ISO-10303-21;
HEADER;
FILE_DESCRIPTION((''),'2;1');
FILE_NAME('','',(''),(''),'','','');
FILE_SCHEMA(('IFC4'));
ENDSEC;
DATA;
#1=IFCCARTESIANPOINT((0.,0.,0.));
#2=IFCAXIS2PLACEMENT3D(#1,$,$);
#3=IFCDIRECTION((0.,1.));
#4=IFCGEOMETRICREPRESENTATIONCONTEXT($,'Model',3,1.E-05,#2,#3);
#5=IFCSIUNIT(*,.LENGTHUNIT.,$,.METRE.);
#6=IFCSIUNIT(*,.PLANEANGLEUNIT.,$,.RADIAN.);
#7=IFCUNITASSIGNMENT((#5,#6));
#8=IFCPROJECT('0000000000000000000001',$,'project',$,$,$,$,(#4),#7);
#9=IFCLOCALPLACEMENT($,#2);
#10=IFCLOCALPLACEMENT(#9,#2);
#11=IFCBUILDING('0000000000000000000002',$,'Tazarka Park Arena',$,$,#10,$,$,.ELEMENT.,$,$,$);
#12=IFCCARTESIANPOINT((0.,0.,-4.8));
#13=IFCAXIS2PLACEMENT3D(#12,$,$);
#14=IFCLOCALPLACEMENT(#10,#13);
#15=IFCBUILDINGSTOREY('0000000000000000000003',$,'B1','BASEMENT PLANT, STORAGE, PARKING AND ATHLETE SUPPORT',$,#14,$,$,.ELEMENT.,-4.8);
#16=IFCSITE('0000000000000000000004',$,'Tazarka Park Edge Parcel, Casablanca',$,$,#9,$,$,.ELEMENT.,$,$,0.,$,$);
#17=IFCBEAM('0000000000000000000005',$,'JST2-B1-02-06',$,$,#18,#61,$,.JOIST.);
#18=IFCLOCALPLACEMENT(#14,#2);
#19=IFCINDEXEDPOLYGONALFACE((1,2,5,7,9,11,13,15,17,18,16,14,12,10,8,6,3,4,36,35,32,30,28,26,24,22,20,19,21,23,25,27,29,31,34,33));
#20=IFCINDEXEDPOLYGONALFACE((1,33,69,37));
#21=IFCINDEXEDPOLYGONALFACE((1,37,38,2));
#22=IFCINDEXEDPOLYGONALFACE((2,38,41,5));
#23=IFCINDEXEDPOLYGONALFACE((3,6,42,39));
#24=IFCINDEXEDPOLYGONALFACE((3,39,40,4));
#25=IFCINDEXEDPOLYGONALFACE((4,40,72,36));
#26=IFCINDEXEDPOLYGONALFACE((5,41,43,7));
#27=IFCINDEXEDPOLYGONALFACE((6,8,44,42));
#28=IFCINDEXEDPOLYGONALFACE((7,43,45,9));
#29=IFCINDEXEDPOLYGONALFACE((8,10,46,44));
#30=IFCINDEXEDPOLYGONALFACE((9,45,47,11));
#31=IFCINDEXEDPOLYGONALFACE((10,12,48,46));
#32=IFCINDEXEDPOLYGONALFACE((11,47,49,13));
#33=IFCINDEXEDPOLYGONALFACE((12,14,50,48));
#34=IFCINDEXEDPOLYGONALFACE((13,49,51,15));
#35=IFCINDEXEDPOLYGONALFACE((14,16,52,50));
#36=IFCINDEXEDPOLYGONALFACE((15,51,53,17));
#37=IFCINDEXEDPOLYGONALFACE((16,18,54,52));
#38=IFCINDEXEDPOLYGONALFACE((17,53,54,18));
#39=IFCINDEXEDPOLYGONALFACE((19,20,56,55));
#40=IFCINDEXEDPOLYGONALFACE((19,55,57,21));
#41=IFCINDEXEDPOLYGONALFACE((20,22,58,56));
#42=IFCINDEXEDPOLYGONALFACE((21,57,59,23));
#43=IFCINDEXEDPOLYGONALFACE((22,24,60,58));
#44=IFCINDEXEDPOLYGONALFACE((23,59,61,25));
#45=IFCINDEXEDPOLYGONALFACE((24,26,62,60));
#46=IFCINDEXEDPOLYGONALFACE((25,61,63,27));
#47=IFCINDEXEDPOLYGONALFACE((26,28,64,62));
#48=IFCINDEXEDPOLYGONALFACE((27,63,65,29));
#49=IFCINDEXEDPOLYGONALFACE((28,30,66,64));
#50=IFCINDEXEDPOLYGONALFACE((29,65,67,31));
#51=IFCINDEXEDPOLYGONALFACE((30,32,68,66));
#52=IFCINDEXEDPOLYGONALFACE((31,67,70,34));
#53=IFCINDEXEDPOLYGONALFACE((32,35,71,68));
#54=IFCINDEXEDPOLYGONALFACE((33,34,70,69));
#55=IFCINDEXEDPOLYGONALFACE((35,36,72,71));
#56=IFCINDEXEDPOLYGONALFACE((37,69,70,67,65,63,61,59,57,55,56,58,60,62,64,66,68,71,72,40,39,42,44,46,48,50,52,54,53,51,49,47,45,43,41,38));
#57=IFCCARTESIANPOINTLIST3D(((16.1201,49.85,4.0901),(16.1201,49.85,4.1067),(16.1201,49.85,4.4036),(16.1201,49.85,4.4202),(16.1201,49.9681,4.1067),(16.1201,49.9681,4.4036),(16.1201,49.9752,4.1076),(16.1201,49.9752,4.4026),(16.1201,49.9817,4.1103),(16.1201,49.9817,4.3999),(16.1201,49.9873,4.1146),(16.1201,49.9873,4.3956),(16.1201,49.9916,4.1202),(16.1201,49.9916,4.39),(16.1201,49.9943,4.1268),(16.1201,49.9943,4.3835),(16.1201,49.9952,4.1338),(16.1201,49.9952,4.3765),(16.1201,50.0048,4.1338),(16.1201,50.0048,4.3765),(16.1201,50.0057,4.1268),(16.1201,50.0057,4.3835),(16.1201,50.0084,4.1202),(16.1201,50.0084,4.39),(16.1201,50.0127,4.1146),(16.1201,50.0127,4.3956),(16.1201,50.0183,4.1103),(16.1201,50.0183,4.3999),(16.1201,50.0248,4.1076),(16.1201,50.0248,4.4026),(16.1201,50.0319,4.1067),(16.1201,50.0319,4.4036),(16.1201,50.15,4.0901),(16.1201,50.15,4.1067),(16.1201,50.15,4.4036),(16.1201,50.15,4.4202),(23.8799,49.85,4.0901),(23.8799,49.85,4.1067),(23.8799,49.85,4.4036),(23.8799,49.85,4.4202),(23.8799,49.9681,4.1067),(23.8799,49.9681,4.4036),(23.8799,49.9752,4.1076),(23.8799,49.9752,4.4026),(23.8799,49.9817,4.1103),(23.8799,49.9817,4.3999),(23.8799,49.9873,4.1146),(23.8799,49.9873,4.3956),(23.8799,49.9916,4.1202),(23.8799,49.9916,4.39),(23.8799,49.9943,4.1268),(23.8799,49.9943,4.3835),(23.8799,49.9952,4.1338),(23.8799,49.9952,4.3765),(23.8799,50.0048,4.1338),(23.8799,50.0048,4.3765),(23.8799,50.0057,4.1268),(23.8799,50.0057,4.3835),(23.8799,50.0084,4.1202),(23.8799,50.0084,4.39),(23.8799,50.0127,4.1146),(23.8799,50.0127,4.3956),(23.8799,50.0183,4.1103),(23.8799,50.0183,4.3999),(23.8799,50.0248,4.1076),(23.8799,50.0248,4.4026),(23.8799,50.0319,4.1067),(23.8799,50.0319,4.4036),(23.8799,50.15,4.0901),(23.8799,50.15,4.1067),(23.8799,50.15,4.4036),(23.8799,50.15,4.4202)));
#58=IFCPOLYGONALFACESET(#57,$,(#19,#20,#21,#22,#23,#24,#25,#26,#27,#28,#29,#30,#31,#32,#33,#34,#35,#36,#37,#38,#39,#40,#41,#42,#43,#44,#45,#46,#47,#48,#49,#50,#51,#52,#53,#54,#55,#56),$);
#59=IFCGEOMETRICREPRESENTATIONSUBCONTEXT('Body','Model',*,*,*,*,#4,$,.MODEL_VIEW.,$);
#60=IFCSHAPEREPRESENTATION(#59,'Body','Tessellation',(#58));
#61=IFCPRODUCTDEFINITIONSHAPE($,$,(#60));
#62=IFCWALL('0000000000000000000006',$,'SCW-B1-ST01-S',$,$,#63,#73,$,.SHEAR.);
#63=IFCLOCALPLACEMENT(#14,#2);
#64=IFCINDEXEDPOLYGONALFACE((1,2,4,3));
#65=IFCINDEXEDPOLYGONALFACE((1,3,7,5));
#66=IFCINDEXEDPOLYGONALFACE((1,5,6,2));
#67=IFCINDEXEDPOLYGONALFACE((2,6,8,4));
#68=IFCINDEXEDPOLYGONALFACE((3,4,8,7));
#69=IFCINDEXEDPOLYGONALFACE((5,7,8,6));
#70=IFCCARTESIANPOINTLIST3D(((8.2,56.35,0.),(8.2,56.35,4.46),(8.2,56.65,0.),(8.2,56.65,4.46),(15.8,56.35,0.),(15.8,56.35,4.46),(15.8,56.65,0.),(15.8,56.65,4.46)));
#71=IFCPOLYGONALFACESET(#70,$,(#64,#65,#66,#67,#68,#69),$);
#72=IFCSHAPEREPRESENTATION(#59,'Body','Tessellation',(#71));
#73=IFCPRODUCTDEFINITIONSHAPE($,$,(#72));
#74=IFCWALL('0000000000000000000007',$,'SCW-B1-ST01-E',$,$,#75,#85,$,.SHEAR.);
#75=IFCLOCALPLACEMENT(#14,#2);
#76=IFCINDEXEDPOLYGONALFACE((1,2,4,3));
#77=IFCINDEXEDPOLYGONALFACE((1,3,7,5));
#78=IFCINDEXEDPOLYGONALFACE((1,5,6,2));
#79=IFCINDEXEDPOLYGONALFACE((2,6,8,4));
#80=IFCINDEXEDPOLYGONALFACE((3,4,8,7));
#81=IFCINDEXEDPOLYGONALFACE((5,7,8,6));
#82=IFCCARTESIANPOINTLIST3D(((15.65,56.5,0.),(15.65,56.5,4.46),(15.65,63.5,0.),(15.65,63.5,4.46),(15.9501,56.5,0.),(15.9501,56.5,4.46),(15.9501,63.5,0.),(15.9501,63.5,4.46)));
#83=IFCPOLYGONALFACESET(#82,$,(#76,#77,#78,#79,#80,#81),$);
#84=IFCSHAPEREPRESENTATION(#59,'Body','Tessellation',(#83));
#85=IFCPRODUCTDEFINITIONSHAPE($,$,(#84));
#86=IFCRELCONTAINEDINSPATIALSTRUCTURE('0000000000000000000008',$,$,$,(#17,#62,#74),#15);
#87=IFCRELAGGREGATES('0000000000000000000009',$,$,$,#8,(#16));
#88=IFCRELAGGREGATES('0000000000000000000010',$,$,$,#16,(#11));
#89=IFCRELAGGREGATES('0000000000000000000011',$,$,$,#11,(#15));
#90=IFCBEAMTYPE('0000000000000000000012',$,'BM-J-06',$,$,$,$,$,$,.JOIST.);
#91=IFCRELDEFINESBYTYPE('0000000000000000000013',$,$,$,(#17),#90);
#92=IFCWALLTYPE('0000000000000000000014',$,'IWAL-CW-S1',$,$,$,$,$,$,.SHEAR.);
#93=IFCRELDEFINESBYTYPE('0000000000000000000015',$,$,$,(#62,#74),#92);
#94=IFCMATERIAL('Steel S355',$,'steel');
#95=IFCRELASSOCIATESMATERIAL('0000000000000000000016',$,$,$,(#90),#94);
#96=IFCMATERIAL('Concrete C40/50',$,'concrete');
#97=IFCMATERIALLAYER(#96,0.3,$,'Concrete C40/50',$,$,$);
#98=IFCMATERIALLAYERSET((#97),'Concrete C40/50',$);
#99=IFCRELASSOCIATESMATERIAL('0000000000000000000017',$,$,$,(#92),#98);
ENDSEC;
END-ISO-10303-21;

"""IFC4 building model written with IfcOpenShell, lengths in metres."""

from ifc_helpers import new_model, si_unit, direction, frame, frame_2d, origin, origin_2d, place, context, subcontext, project, spatial, rectangle, i_section, extrude, material, layer, layer_set, material_profile, profile_set, type_object, element, save


model = new_model("IFC4")

# Units and contexts
model_context = context("Model", 3, precision=1e-05, world=origin(), true_north=direction((0.0, 1.0)))
body_context = subcontext(model_context, "Body", "Model", "MODEL_VIEW")
ifc_project = project(units=[si_unit("LENGTHUNIT", "METRE"), si_unit("PLANEANGLEUNIT", "RADIAN")], contexts=[model_context])

# Site, building, storey
site_placement = place(None, origin())
site = spatial("IfcSite", under=ifc_project, at=site_placement, Name="Tazarka Park Edge Parcel, Casablanca", CompositionType="ELEMENT", RefElevation=0.0)
building_placement = place(site_placement, origin())
building = spatial("IfcBuilding", under=site, at=building_placement, Name="Tazarka Park Arena", CompositionType="ELEMENT")
storey_placement = place(building_placement, frame((0.0, 0.0, -4.8)))
storey = spatial("IfcBuildingStorey", under=building, at=storey_placement, Name="B1", Description="BASEMENT PLANT, STORAGE, PARKING AND ATHLETE SUPPORT", CompositionType="ELEMENT", Elevation=-4.8)

# Beam
ifc_material_1 = material(Name="Steel S355", Category="steel")
ifc_material_profile_1 = material_profile(ifc_material_1, i_section(OverallWidth=0.3, OverallDepth=0.3301, WebThickness=0.0095, FlangeThickness=0.0166, FilletRadius=0.0271, at=origin_2d()), Name="Steel S355")
ifc_profile_set_1 = profile_set([ifc_material_profile_1], Name="Steel S355")
beam_type_1 = type_object("IfcBeamType", Name="BM-J-06", PredefinedType="JOIST", material=ifc_profile_set_1)
beam_1_placement = place(storey_placement, frame((16.1201, 50.0, 4.2551), z_axis=(1.0, 0.0, 0.0), x_axis=(0.0, 1.0, 0.0)))
element("IfcBeam", 1, at=beam_1_placement, inside=storey, type_object=beam_type_1, Name="JST2-B1-02-06", PredefinedType="JOIST", context=body_context, shape_type="SweptSolid", body=[
    extrude(i_section(OverallWidth=0.3, OverallDepth=0.3301, WebThickness=0.0095, FlangeThickness=0.0166, FilletRadius=0.0271, at=origin_2d()), origin(), (0.0, 0.0, 1.0), 7.7598),
])

# Walls
ifc_material_2 = material(Name="Concrete C40/50", Category="concrete")
ifc_layer = layer(ifc_material_2, 0.3, Name="Concrete C40/50")
ifc_layer_set = layer_set([ifc_layer], Name="Concrete C40/50")
wall_type = type_object("IfcWallType", Name="IWAL-CW-S1", PredefinedType="SHEAR", material=ifc_layer_set)
wall_1_placement = place(storey_placement, frame((15.8, 56.5, 0.0), z_axis=(0.0, 0.0, 1.0), x_axis=(-1.0, 0.0, 0.0)))
element("IfcWall", 2, at=wall_1_placement, inside=storey, type_object=wall_type, Name="SCW-B1-ST01-S", PredefinedType="SHEAR", context=body_context, shape_type="SweptSolid", body=[
    extrude(rectangle(XDim=7.6001, YDim=0.3, at=frame_2d((3.8, 0.0))), origin(), (0.0, 0.0, 1.0), 4.46),
])
wall_2_placement = place(storey_placement, frame((15.8, 63.5, 0.0), z_axis=(0.0, 0.0, 1.0), x_axis=(0.0, -1.0, 0.0)))
element("IfcWall", 3, at=wall_2_placement, inside=storey, type_object=wall_type, Name="SCW-B1-ST01-E", PredefinedType="SHEAR", context=body_context, shape_type="SweptSolid", body=[
    extrude(rectangle(XDim=7.0, YDim=0.3, at=frame_2d((3.5, 0.0))), origin(), (0.0, 0.0, 1.0), 4.46),
])

save(model, "model.ifc")
